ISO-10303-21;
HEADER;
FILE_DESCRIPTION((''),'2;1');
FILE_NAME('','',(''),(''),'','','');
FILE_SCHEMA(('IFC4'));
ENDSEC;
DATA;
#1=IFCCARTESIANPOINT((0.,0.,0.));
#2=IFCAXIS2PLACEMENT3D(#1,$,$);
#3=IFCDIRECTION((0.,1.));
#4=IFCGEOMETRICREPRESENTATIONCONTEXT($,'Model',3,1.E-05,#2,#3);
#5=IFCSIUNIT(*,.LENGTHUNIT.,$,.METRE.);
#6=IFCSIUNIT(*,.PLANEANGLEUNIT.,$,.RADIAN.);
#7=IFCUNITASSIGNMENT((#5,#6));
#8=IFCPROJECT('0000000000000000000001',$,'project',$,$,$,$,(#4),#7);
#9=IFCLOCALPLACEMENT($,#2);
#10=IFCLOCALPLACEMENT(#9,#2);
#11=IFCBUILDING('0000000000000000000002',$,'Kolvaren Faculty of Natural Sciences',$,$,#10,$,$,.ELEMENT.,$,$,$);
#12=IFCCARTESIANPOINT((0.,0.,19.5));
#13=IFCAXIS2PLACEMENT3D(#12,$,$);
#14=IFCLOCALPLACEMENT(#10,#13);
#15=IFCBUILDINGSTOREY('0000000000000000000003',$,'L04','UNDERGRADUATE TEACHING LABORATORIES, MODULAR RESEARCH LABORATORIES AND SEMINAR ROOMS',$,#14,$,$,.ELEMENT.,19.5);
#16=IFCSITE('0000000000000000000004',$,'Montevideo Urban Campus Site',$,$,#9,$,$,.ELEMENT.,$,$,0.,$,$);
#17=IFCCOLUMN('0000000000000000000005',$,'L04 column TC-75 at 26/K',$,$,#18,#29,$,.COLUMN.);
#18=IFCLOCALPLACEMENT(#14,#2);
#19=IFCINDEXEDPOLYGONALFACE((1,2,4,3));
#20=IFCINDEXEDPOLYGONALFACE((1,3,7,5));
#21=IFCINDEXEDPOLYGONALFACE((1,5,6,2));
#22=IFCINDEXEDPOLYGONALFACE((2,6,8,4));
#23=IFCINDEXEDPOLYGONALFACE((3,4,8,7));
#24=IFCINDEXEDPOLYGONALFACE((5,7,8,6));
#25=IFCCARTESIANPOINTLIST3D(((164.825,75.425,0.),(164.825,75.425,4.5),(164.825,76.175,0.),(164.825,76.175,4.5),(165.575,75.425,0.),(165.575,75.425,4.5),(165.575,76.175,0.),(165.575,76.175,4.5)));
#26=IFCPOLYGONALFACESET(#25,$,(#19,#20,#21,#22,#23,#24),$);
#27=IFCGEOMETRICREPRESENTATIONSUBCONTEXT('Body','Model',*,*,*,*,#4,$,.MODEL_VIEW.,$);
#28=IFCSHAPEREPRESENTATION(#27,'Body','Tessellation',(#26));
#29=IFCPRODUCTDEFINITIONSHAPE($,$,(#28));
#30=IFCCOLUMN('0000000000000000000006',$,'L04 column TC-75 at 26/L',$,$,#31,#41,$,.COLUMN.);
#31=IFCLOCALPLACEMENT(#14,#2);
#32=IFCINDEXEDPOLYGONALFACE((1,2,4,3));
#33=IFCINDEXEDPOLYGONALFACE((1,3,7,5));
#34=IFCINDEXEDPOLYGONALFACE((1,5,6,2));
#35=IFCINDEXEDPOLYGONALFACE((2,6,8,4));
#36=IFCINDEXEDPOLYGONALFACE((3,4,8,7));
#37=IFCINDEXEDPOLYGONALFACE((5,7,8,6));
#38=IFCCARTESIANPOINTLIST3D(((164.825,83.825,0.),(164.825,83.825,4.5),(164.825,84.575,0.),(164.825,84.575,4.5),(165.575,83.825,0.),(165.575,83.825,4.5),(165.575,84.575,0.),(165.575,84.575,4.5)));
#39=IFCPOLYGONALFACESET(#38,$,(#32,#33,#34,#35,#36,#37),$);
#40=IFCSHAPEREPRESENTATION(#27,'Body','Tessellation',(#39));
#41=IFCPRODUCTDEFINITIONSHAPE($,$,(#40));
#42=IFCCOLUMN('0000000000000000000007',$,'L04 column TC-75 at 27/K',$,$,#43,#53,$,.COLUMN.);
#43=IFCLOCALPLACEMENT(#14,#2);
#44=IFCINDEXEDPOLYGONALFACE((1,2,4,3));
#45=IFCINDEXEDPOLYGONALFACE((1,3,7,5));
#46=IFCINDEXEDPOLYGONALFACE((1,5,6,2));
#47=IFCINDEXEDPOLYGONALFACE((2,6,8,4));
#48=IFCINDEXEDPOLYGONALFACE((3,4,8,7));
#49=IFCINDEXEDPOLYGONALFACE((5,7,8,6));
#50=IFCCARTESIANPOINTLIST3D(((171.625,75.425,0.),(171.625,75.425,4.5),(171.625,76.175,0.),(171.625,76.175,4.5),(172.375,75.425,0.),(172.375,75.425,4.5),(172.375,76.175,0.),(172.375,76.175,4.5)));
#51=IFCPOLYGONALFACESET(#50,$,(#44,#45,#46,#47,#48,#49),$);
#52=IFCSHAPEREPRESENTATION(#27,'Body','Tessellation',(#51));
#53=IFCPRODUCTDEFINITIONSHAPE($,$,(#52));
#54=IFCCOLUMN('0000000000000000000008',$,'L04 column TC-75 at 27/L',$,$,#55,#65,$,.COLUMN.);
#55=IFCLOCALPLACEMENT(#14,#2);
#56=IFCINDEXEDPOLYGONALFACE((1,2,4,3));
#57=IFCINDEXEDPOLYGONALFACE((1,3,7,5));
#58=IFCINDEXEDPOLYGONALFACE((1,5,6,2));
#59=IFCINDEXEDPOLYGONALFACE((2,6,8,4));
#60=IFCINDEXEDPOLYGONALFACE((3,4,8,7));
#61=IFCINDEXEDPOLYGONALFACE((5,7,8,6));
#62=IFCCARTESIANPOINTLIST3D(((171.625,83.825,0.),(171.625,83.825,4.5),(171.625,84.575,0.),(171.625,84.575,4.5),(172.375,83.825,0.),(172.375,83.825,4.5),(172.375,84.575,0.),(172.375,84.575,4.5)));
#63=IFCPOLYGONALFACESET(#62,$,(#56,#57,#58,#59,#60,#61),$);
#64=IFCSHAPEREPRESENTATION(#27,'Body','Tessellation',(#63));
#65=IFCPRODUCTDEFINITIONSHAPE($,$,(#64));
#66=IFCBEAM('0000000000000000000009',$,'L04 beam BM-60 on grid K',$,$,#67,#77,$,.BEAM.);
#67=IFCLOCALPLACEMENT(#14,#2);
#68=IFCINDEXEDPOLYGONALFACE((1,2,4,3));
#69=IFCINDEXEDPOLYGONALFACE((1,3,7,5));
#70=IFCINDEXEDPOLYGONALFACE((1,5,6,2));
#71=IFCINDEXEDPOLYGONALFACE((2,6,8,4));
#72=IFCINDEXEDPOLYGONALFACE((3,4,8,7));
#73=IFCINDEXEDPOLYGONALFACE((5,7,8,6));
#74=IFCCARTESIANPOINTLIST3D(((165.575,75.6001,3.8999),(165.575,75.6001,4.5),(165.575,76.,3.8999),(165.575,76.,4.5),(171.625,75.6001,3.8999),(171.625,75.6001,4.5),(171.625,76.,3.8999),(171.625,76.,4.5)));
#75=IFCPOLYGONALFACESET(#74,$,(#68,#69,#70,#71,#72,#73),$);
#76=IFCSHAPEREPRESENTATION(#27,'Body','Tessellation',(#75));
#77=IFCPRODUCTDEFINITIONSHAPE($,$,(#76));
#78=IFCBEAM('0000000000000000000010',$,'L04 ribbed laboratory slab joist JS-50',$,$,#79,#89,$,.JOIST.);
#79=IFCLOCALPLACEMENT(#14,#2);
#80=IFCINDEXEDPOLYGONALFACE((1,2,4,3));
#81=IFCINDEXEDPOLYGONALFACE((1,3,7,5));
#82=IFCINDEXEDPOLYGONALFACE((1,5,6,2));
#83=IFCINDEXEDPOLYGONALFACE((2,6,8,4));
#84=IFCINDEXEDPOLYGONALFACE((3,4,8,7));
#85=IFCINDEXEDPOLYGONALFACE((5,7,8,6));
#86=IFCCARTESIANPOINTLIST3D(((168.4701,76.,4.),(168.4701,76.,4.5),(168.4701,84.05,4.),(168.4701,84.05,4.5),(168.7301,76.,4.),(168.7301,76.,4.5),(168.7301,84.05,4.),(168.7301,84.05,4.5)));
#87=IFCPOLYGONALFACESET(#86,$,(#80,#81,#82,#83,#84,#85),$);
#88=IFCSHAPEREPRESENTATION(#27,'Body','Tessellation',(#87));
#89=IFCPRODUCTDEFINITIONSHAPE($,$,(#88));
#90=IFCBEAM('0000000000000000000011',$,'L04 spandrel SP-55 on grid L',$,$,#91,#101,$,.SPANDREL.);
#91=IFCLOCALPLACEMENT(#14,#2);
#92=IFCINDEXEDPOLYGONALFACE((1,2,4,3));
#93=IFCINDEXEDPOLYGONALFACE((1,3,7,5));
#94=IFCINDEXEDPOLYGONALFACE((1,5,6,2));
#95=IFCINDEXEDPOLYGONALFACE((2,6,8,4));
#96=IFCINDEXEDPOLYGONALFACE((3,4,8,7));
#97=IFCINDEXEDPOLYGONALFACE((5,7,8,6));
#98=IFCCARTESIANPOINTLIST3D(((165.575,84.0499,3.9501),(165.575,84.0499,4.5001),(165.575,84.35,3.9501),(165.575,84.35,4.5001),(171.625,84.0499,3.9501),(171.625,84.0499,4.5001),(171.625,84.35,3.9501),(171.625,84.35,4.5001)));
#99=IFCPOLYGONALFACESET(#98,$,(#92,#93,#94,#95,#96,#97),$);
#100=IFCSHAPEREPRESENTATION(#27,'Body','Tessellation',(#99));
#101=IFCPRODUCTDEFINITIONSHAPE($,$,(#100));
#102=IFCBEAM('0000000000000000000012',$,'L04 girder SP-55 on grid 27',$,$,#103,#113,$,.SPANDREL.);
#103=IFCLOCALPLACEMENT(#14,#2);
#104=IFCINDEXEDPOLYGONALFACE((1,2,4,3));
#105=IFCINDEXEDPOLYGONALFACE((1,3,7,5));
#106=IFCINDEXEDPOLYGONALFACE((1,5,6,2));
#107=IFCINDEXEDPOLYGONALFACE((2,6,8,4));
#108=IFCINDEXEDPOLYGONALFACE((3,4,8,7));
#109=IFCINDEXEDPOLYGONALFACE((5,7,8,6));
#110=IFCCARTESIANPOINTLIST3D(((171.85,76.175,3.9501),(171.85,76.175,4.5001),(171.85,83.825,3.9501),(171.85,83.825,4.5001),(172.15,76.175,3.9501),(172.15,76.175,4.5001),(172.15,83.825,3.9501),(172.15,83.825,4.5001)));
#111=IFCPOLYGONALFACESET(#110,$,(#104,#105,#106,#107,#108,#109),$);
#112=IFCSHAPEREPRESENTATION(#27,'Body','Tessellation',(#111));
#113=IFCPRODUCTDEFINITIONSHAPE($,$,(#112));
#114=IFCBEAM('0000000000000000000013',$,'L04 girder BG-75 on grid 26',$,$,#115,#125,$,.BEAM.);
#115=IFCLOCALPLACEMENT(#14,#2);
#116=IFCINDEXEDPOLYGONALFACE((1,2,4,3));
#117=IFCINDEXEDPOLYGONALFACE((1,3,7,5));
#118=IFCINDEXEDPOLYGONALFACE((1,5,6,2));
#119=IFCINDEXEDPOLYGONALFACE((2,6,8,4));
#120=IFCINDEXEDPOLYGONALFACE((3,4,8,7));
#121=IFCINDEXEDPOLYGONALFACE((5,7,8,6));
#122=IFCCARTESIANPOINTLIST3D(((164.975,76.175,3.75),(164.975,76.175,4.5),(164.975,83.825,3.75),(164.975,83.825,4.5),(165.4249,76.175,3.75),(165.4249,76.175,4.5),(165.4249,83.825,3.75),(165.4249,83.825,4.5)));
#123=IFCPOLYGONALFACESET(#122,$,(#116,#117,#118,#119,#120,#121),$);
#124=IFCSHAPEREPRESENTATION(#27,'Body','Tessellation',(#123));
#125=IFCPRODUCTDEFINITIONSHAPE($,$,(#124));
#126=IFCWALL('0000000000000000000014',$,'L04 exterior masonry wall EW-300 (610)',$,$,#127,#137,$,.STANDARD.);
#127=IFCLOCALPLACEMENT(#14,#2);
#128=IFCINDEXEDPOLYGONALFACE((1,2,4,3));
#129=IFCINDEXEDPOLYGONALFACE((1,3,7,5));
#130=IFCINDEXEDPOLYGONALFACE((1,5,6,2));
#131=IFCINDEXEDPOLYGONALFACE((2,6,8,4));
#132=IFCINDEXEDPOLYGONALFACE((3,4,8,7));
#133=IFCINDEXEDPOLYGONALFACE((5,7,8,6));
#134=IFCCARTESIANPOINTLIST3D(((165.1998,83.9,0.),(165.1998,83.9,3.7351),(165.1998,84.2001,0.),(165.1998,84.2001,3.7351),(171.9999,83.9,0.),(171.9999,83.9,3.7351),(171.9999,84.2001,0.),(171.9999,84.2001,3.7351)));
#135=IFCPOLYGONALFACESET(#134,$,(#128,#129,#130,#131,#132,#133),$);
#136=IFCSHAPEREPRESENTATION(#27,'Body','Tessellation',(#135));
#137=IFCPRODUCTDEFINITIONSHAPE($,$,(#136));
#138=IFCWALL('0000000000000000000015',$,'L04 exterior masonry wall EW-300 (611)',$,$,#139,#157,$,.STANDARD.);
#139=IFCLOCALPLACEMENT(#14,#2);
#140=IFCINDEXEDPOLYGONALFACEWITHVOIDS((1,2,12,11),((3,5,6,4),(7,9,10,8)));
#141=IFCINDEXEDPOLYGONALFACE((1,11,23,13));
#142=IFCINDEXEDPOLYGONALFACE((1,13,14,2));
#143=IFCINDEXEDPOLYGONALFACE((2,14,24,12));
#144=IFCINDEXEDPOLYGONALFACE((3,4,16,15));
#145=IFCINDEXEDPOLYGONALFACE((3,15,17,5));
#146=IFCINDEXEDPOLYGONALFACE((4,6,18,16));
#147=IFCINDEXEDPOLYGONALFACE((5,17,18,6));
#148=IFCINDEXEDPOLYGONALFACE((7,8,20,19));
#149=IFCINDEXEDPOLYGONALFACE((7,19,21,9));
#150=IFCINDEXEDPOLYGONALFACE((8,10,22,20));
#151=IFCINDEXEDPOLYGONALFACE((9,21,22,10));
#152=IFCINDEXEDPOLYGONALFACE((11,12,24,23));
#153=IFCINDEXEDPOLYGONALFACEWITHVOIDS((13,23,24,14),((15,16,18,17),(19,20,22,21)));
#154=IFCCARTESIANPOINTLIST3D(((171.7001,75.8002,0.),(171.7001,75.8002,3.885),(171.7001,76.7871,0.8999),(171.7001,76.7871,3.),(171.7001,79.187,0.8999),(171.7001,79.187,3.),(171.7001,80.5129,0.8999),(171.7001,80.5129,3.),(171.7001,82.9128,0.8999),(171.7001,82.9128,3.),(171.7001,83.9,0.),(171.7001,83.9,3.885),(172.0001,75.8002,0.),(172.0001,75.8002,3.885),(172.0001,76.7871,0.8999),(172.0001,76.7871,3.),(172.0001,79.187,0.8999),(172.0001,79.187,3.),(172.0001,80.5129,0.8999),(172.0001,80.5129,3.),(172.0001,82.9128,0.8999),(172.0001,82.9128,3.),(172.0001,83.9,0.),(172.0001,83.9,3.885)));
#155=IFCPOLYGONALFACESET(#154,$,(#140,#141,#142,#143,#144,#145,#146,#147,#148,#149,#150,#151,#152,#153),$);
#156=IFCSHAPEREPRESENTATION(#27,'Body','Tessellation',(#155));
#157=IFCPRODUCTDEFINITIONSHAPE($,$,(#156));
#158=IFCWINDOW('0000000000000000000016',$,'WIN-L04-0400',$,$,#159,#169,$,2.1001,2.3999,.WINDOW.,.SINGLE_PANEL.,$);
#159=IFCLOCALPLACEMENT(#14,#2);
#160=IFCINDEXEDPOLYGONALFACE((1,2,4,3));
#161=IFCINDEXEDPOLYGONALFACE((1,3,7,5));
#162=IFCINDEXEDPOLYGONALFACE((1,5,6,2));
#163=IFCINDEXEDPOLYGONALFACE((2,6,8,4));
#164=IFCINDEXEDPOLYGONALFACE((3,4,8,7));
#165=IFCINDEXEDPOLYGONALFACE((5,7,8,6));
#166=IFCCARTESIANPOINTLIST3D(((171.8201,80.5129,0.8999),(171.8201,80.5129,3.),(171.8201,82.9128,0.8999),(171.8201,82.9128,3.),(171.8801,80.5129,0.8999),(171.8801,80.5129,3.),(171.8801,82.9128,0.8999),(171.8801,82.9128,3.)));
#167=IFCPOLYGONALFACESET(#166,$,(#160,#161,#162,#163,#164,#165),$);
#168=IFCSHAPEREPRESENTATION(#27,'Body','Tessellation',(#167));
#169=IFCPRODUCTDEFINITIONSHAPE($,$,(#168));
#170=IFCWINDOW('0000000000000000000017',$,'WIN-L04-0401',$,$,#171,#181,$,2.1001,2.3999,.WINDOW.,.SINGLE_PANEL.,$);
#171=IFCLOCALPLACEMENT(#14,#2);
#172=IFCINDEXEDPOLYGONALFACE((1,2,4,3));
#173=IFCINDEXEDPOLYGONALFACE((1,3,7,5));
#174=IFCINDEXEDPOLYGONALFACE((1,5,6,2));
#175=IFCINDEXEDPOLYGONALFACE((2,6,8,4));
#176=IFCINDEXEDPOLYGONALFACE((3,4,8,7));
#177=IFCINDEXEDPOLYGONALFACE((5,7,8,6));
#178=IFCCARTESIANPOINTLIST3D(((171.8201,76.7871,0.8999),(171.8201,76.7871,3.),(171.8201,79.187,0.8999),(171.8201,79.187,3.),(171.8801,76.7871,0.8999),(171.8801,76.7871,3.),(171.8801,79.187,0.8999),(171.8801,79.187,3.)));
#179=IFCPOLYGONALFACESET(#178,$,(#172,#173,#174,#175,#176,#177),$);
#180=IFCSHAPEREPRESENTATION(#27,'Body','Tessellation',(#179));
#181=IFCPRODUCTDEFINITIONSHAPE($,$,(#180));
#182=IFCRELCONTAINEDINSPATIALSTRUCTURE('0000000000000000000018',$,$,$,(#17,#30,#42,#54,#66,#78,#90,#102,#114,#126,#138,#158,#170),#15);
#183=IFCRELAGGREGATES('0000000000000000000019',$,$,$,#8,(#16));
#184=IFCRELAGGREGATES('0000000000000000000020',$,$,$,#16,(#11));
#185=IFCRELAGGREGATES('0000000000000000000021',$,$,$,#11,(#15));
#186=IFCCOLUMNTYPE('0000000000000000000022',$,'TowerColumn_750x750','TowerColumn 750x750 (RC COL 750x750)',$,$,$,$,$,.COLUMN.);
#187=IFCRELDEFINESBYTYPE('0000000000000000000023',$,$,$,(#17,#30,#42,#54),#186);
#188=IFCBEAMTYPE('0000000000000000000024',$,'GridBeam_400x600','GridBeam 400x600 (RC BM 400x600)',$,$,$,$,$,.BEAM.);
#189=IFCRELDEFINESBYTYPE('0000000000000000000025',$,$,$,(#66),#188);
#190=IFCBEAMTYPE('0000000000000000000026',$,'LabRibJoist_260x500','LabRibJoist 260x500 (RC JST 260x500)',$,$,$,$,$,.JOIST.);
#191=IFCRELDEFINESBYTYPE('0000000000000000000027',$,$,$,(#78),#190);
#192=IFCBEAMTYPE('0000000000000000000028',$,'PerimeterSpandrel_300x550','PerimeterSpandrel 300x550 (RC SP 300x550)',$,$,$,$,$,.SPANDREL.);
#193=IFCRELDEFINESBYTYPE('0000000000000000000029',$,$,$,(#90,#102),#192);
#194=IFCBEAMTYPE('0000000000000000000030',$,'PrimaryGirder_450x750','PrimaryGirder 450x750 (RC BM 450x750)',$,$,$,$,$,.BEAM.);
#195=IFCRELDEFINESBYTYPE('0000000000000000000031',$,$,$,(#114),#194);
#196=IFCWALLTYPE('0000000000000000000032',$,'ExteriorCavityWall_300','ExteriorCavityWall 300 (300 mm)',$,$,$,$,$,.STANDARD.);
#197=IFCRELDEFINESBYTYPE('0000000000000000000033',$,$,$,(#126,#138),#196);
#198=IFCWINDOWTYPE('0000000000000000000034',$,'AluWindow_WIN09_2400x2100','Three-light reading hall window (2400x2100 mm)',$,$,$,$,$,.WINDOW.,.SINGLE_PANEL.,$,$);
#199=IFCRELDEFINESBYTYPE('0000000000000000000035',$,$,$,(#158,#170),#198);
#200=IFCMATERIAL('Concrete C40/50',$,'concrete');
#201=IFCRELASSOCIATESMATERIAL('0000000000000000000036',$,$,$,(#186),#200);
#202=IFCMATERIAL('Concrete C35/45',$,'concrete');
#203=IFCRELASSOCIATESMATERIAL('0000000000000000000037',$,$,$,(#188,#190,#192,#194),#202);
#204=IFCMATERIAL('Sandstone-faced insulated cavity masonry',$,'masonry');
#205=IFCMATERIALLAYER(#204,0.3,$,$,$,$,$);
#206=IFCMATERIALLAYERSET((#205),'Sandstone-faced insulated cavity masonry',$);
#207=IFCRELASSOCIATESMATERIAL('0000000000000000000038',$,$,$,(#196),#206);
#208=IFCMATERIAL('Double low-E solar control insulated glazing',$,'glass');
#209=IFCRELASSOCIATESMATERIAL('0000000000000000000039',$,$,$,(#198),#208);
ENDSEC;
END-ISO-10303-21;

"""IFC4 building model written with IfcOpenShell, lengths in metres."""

from ifc_helpers import new_model, si_unit, direction, frame, frame_2d, origin, origin_2d, place, context, subcontext, project, spatial, rectangle, extrude, material, layer, layer_set, material_profile, profile_set, type_object, element, fill, save


model = new_model("IFC4")

# Units and contexts
model_context = context("Model", 3, precision=1e-05, world=origin(), true_north=direction((0.0, 1.0)))
body_context = subcontext(model_context, "Body", "Model", "MODEL_VIEW")
ifc_project = project(units=[si_unit("LENGTHUNIT", "METRE"), si_unit("PLANEANGLEUNIT", "RADIAN")], contexts=[model_context])

# Site, building, storey
site_placement = place(None, origin())
site = spatial("IfcSite", under=ifc_project, at=site_placement, Name="Montevideo Urban Campus Site", CompositionType="ELEMENT", RefElevation=0.0)
building_placement = place(site_placement, origin())
building = spatial("IfcBuilding", under=site, at=building_placement, Name="Kolvaren Faculty of Natural Sciences", CompositionType="ELEMENT")
storey_placement = place(building_placement, frame((0.0, 0.0, 19.5)))
storey = spatial("IfcBuildingStorey", under=building, at=storey_placement, Name="L04", Description="UNDERGRADUATE TEACHING LABORATORIES, MODULAR RESEARCH LABORATORIES AND SEMINAR ROOMS", CompositionType="ELEMENT", Elevation=19.5)

# Columns
ifc_material_1 = material(Name="Concrete C40/50", Category="concrete")
ifc_material_profile_1 = material_profile(ifc_material_1, rectangle(XDim=0.75, YDim=0.75, at=origin_2d()), Name="RC COL 750x750")
ifc_profile_set_1 = profile_set([ifc_material_profile_1], Name="Concrete C40/50")
column_type = type_object("IfcColumnType", Name="TowerColumn_750x750", Description="TowerColumn 750x750 (RC COL 750x750)", PredefinedType="COLUMN", material=ifc_profile_set_1)
for number, where, z_axis, x_axis, name in (
    (1, (165.2, 75.8, 0.0), (0.0, 0.0, 1.0), (1.0, 0.0, 0.0), "L04 column TC-75 at 26/K"),
    (2, (165.2, 84.2, 0.0), (0.0, 0.0, 1.0), (1.0, 0.0, 0.0), "L04 column TC-75 at 26/L"),
    (3, (172.0, 75.8, 0.0), (0.0, 0.0, 1.0), (1.0, 0.0, 0.0), "L04 column TC-75 at 27/K"),
    (4, (172.0, 84.2, 0.0), (0.0, 0.0, 1.0), (1.0, 0.0, 0.0), "L04 column TC-75 at 27/L"),
):
    element("IfcColumn", number, at=place(storey_placement, frame(where, z_axis=z_axis, x_axis=x_axis)), inside=storey, type_object=column_type, Name=name, PredefinedType="COLUMN", context=body_context, shape_type="SweptSolid", body=[
        extrude(rectangle(XDim=0.75, YDim=0.75, at=origin_2d()), origin(), (0.0, 0.0, 1.0), 4.5),
    ])

# Beams
ifc_material_2 = material(Name="Concrete C35/45", Category="concrete")
ifc_material_profile_2 = material_profile(ifc_material_2, rectangle(XDim=0.3999, YDim=0.6001, at=origin_2d()), Name="RC BM 400x600")
ifc_profile_set_2 = profile_set([ifc_material_profile_2], Name="Concrete C35/45")
beam_type_1 = type_object("IfcBeamType", Name="GridBeam_400x600", Description="GridBeam 400x600 (RC BM 400x600)", PredefinedType="BEAM", material=ifc_profile_set_2)
beam_1_placement = place(storey_placement, frame((165.575, 75.8, 4.2), z_axis=(1.0, 0.0, 0.0), x_axis=(0.0, 1.0, 0.0)))
element("IfcBeam", 5, at=beam_1_placement, inside=storey, type_object=beam_type_1, Name="L04 beam BM-60 on grid K", PredefinedType="BEAM", context=body_context, shape_type="SweptSolid", body=[
    extrude(rectangle(XDim=0.3999, YDim=0.6001, at=origin_2d()), origin(), (0.0, 0.0, 1.0), 6.05),
])
ifc_material_profile_3 = material_profile(ifc_material_2, rectangle(XDim=0.26, YDim=0.5, at=origin_2d()), Name="RC JST 260x500")
ifc_profile_set_3 = profile_set([ifc_material_profile_3], Name="Concrete C35/45")
beam_type_2 = type_object("IfcBeamType", Name="LabRibJoist_260x500", Description="LabRibJoist 260x500 (RC JST 260x500)", PredefinedType="JOIST", material=ifc_profile_set_3)
beam_2_placement = place(storey_placement, frame((168.6001, 76.0, 4.25), z_axis=(0.0, 1.0, 0.0), x_axis=(-1.0, 0.0, 0.0)))
element("IfcBeam", 6, at=beam_2_placement, inside=storey, type_object=beam_type_2, Name="L04 ribbed laboratory slab joist JS-50", PredefinedType="JOIST", context=body_context, shape_type="SweptSolid", body=[
    extrude(rectangle(XDim=0.26, YDim=0.5, at=origin_2d()), origin(), (0.0, 0.0, 1.0), 8.05),
])
ifc_material_profile_4 = material_profile(ifc_material_2, rectangle(XDim=0.3, YDim=0.55, at=origin_2d()), Name="RC SP 300x550")
ifc_profile_set_4 = profile_set([ifc_material_profile_4], Name="Concrete C35/45")
beam_type_3 = type_object("IfcBeamType", Name="PerimeterSpandrel_300x550", Description="PerimeterSpandrel 300x550 (RC SP 300x550)", PredefinedType="SPANDREL", material=ifc_profile_set_4)
beam_3_placement = place(storey_placement, frame((165.575, 84.2, 4.2251), z_axis=(1.0, 0.0, 0.0), x_axis=(0.0, 1.0, 0.0)))
element("IfcBeam", 7, at=beam_3_placement, inside=storey, type_object=beam_type_3, Name="L04 spandrel SP-55 on grid L", PredefinedType="SPANDREL", context=body_context, shape_type="SweptSolid", body=[
    extrude(rectangle(XDim=0.3, YDim=0.55, at=origin_2d()), origin(), (0.0, 0.0, 1.0), 6.05),
])
beam_4_placement = place(storey_placement, frame((172.0, 76.175, 4.2251), z_axis=(0.0, 1.0, 0.0), x_axis=(-1.0, 0.0, 0.0)))
element("IfcBeam", 8, at=beam_4_placement, inside=storey, type_object=beam_type_3, Name="L04 girder SP-55 on grid 27", PredefinedType="SPANDREL", context=body_context, shape_type="SweptSolid", body=[
    extrude(rectangle(XDim=0.3, YDim=0.55, at=origin_2d()), origin(), (0.0, 0.0, 1.0), 7.6499),
])
ifc_material_profile_5 = material_profile(ifc_material_2, rectangle(XDim=0.45, YDim=0.75, at=origin_2d()), Name="RC BM 450x750")
ifc_profile_set_5 = profile_set([ifc_material_profile_5], Name="Concrete C35/45")
beam_type_4 = type_object("IfcBeamType", Name="PrimaryGirder_450x750", Description="PrimaryGirder 450x750 (RC BM 450x750)", PredefinedType="BEAM", material=ifc_profile_set_5)
beam_5_placement = place(storey_placement, frame((165.2, 76.175, 4.125), z_axis=(0.0, 1.0, 0.0), x_axis=(-1.0, 0.0, 0.0)))
element("IfcBeam", 9, at=beam_5_placement, inside=storey, type_object=beam_type_4, Name="L04 girder BG-75 on grid 26", PredefinedType="BEAM", context=body_context, shape_type="SweptSolid", body=[
    extrude(rectangle(XDim=0.45, YDim=0.75, at=origin_2d()), origin(), (0.0, 0.0, 1.0), 7.6499),
])

# Wall
ifc_material_3 = material(Name="Sandstone-faced insulated cavity masonry", Category="masonry")
ifc_layer_1 = layer(ifc_material_3, 0.3)
ifc_layer_set_1 = layer_set([ifc_layer_1], Name="Sandstone-faced insulated cavity masonry")
wall_type_1 = type_object("IfcWallType", Name="ExteriorCavityWall_300", Description="ExteriorCavityWall 300 (300 mm)", PredefinedType="STANDARD", material=ifc_layer_set_1)
wall_1_placement = place(storey_placement, frame((165.2, 84.05, 0.0), z_axis=(0.0, 0.0, 1.0), x_axis=(1.0, 0.0, 0.0)))
element("IfcWall", 10, at=wall_1_placement, inside=storey, type_object=wall_type_1, Name="L04 exterior masonry wall EW-300 (610)", PredefinedType="STANDARD", context=body_context, shape_type="SweptSolid", body=[
    extrude(rectangle(XDim=6.8, YDim=0.3, at=frame_2d((3.3999, 0.0))), origin(), (0.0, 0.0, 1.0), 3.7351),
])

# Wall, openings, windows
wall_2_placement = place(storey_placement, frame((171.8501, 83.8999, 0.0), z_axis=(0.0, 0.0, 1.0), x_axis=(0.0, -1.0, 0.0)))
wall_2 = element("IfcWall", 11, at=wall_2_placement, inside=storey, type_object=wall_type_1, Name="L04 exterior masonry wall EW-300 (611)", PredefinedType="STANDARD", context=body_context, shape_type="SweptSolid", body=[
    extrude(rectangle(XDim=8.0999, YDim=0.3, at=frame_2d((4.0498, 0.0))), origin(), (0.0, 0.0, 1.0), 3.885),
])
opening_1_placement = place(wall_2_placement, frame((0.9871, 0.0, 0.8999)))
opening_1 = element("IfcOpeningElement", 12, at=opening_1_placement, cuts=wall_2, PredefinedType="OPENING", context=body_context, shape_type="SweptSolid", body=[
    extrude(rectangle(XDim=2.3999, YDim=2.1001, at=frame_2d((1.2, 1.05))), frame((0.0, 0.1599, 0.0), z_axis=(0.0, -1.0, 0.0), x_axis=(1.0, 0.0, 0.0)), (0.0, 0.0, 1.0), 0.3201),
])
opening_2_placement = place(wall_2_placement, frame((4.7129, 0.0, 0.8999)))
opening_2 = element("IfcOpeningElement", 13, at=opening_2_placement, cuts=wall_2, PredefinedType="OPENING", context=body_context, shape_type="SweptSolid", body=[
    extrude(rectangle(XDim=2.3999, YDim=2.1001, at=frame_2d((1.2, 1.05))), frame((0.0, 0.1599, 0.0), z_axis=(0.0, -1.0, 0.0), x_axis=(1.0, 0.0, 0.0)), (0.0, 0.0, 1.0), 0.3201),
])
ifc_material_4 = material(Name="Double low-E solar control insulated glazing", Category="glass")
window_type_1 = type_object("IfcWindowType", Name="AluWindow_WIN09_2400x2100", Description="Three-light reading hall window (2400x2100 mm)", PartitioningType="SINGLE_PANEL", PredefinedType="WINDOW", material=ifc_material_4)
window_1_placement = place(opening_1_placement, origin())
window_1 = element("IfcWindow", 14, at=window_1_placement, inside=storey, type_object=window_type_1, Name="WIN-L04-0400", OverallHeight=2.1001, OverallWidth=2.3999, PartitioningType="SINGLE_PANEL", PredefinedType="WINDOW", context=body_context, shape_type="SweptSolid", body=[
    extrude(rectangle(XDim=2.3999, YDim=2.1001, at=frame_2d((1.2, 1.05))), frame((0.0, 0.03, 0.0), z_axis=(0.0, -1.0, 0.0), x_axis=(1.0, 0.0, 0.0)), (0.0, 0.0, 1.0), 0.0601),
])
fill(opening_1, window_1)
window_2_placement = place(opening_2_placement, origin())
window_2 = element("IfcWindow", 15, at=window_2_placement, inside=storey, type_object=window_type_1, Name="WIN-L04-0401", OverallHeight=2.1001, OverallWidth=2.3999, PartitioningType="SINGLE_PANEL", PredefinedType="WINDOW", context=body_context, shape_type="SweptSolid", body=[
    extrude(rectangle(XDim=2.3999, YDim=2.1001, at=frame_2d((1.2, 1.05))), frame((0.0, 0.03, 0.0), z_axis=(0.0, -1.0, 0.0), x_axis=(1.0, 0.0, 0.0)), (0.0, 0.0, 1.0), 0.0601),
])
fill(opening_2, window_2)

save(model, "model.ifc")
